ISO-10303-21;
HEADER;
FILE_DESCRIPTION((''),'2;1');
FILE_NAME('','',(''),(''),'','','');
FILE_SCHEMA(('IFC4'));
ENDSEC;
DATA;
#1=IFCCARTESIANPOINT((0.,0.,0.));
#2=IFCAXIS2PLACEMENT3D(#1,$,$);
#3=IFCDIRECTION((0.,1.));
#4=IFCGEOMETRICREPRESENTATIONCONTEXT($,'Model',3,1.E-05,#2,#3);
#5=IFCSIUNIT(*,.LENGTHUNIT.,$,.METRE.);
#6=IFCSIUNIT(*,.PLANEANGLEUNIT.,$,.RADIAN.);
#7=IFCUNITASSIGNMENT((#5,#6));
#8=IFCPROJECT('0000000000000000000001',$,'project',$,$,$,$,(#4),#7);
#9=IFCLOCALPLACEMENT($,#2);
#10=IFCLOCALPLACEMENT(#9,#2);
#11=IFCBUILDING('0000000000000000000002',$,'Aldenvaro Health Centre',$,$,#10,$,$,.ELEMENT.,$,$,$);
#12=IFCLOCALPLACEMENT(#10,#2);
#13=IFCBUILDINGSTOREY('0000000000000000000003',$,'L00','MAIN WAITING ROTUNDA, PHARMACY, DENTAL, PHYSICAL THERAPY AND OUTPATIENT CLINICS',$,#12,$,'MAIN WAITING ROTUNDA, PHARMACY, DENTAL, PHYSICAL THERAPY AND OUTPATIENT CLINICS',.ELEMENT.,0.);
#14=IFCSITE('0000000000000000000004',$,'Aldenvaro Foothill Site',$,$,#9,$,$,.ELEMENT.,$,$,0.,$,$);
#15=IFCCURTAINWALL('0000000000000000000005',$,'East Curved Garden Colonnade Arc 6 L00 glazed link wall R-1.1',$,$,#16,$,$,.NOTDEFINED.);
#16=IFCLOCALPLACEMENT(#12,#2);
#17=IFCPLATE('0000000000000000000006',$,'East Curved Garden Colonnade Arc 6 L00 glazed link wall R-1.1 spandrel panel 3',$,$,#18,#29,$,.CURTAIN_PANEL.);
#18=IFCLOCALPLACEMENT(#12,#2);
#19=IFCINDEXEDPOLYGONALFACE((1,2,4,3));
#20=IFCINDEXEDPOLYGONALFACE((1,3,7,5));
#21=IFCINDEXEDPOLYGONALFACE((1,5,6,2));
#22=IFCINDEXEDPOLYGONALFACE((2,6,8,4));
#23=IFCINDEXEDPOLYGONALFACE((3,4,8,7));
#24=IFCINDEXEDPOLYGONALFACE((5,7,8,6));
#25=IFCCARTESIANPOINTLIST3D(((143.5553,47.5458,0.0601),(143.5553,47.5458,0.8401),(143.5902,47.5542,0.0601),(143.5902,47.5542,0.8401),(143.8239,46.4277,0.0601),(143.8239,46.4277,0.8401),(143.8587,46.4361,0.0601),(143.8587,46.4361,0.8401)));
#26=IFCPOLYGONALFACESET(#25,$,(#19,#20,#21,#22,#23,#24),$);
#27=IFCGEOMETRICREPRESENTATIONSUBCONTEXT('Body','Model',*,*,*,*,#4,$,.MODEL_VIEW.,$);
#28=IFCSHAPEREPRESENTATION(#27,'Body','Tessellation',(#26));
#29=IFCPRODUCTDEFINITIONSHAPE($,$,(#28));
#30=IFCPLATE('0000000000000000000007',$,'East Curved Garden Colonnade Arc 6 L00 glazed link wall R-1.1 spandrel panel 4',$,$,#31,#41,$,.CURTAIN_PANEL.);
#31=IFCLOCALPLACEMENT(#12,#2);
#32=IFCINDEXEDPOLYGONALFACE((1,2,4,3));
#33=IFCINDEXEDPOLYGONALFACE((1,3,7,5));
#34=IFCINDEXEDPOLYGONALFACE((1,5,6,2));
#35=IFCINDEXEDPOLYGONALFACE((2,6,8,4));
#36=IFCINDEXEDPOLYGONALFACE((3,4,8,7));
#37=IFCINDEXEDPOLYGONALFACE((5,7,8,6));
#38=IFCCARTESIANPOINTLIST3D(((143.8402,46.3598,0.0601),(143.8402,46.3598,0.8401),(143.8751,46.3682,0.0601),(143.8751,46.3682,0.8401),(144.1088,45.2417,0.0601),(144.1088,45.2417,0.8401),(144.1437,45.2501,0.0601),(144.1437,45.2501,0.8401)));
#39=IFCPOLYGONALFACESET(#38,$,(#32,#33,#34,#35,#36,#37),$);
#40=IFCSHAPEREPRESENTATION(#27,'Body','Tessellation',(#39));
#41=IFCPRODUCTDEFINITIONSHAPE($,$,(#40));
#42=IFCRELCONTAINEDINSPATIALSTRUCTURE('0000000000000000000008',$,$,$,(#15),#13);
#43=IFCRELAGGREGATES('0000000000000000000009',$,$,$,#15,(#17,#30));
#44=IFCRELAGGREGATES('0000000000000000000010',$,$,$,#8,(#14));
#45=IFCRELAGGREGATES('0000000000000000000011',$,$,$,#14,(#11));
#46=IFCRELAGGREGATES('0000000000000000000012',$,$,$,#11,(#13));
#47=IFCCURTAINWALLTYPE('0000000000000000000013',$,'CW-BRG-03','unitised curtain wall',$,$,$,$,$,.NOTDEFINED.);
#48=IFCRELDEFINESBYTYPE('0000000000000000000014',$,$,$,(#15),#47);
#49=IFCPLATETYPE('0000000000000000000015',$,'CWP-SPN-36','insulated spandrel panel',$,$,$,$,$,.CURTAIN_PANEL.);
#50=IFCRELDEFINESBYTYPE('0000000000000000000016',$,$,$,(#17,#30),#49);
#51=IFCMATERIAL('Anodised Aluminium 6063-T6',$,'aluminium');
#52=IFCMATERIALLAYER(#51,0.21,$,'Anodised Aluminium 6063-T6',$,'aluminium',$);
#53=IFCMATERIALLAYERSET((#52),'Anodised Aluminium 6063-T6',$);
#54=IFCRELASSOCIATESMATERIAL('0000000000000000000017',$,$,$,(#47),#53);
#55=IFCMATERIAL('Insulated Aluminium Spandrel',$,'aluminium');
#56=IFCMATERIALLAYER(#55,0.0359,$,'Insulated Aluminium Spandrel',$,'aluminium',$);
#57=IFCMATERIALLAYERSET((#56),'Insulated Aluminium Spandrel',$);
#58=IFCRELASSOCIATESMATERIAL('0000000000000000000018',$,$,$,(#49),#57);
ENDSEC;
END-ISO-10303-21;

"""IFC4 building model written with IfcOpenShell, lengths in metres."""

from ifc_helpers import new_model, si_unit, direction, frame, origin, origin_2d, place, context, subcontext, project, spatial, rectangle, extrude, material, layer, layer_set, type_object, element, aggregate, save


model = new_model("IFC4")

# Units and contexts
model_context = context("Model", 3, precision=1e-05, world=origin(), true_north=direction((0.0, 1.0)))
body_context = subcontext(model_context, "Body", "Model", "MODEL_VIEW")
ifc_project = project(units=[si_unit("LENGTHUNIT", "METRE"), si_unit("PLANEANGLEUNIT", "RADIAN")], contexts=[model_context])

# Site, building, storey
site_placement = place(None, origin())
site = spatial("IfcSite", under=ifc_project, at=site_placement, Name="Aldenvaro Foothill Site", CompositionType="ELEMENT", RefElevation=0.0)
building_placement = place(site_placement, origin())
building = spatial("IfcBuilding", under=site, at=building_placement, Name="Aldenvaro Health Centre", CompositionType="ELEMENT")
storey_placement = place(building_placement, origin())
storey = spatial("IfcBuildingStorey", under=building, at=storey_placement, Name="L00", Description="MAIN WAITING ROTUNDA, PHARMACY, DENTAL, PHYSICAL THERAPY AND OUTPATIENT CLINICS", LongName="MAIN WAITING ROTUNDA, PHARMACY, DENTAL, PHYSICAL THERAPY AND OUTPATIENT CLINICS", CompositionType="ELEMENT", Elevation=0.0)

# Curtain wall
ifc_material_1 = material(Name="Anodised Aluminium 6063-T6", Category="aluminium")
ifc_layer_1 = layer(ifc_material_1, 0.21, Name="Anodised Aluminium 6063-T6", Category="aluminium")
ifc_layer_set_1 = layer_set([ifc_layer_1], Name="Anodised Aluminium 6063-T6")
curtain_wall_type = type_object("IfcCurtainWallType", Name="CW-BRG-03", Description="unitised curtain wall", PredefinedType="NOTDEFINED", material=ifc_layer_set_1)
curtain_wall_1_placement = place(storey_placement, origin())
curtain_wall_1 = element("IfcCurtainWall", 1, at=curtain_wall_1_placement, inside=storey, type_object=curtain_wall_type, Name="East Curved Garden Colonnade Arc 6 L00 glazed link wall R-1.1", PredefinedType="NOTDEFINED")

# Plates
ifc_material_2 = material(Name="Insulated Aluminium Spandrel", Category="aluminium")
ifc_layer_2 = layer(ifc_material_2, 0.0359, Name="Insulated Aluminium Spandrel", Category="aluminium")
ifc_layer_set_2 = layer_set([ifc_layer_2], Name="Insulated Aluminium Spandrel")
plate_type_1 = type_object("IfcPlateType", Name="CWP-SPN-36", Description="insulated spandrel panel", PredefinedType="CURTAIN_PANEL", material=ifc_layer_set_2)
plate_1_placement = place(storey_placement, frame((143.707, 46.991, 0.0601), z_axis=(0.0, 0.0, 1.0), x_axis=(0.233528, -0.97235, 0.0)))
plate_1 = element("IfcPlate", 2, at=plate_1_placement, type_object=plate_type_1, Name="East Curved Garden Colonnade Arc 6 L00 glazed link wall R-1.1 spandrel panel 3", PredefinedType="CURTAIN_PANEL", context=body_context, shape_type="SweptSolid", body=[
    extrude(rectangle(XDim=1.1499, YDim=0.0359, at=origin_2d()), origin(), (0.0, 0.0, 1.0), 0.78),
])
plate_2_placement = place(storey_placement, frame((143.9919, 45.8049, 0.0601), z_axis=(0.0, 0.0, 1.0), x_axis=(0.233528, -0.97235, 0.0)))
plate_2 = element("IfcPlate", 3, at=plate_2_placement, type_object=plate_type_1, Name="East Curved Garden Colonnade Arc 6 L00 glazed link wall R-1.1 spandrel panel 4", PredefinedType="CURTAIN_PANEL", context=body_context, shape_type="SweptSolid", body=[
    extrude(rectangle(XDim=1.1499, YDim=0.0359, at=origin_2d()), origin(), (0.0, 0.0, 1.0), 0.78),
])
aggregate(curtain_wall_1, [plate_1, plate_2])

save(model, "model.ifc")
